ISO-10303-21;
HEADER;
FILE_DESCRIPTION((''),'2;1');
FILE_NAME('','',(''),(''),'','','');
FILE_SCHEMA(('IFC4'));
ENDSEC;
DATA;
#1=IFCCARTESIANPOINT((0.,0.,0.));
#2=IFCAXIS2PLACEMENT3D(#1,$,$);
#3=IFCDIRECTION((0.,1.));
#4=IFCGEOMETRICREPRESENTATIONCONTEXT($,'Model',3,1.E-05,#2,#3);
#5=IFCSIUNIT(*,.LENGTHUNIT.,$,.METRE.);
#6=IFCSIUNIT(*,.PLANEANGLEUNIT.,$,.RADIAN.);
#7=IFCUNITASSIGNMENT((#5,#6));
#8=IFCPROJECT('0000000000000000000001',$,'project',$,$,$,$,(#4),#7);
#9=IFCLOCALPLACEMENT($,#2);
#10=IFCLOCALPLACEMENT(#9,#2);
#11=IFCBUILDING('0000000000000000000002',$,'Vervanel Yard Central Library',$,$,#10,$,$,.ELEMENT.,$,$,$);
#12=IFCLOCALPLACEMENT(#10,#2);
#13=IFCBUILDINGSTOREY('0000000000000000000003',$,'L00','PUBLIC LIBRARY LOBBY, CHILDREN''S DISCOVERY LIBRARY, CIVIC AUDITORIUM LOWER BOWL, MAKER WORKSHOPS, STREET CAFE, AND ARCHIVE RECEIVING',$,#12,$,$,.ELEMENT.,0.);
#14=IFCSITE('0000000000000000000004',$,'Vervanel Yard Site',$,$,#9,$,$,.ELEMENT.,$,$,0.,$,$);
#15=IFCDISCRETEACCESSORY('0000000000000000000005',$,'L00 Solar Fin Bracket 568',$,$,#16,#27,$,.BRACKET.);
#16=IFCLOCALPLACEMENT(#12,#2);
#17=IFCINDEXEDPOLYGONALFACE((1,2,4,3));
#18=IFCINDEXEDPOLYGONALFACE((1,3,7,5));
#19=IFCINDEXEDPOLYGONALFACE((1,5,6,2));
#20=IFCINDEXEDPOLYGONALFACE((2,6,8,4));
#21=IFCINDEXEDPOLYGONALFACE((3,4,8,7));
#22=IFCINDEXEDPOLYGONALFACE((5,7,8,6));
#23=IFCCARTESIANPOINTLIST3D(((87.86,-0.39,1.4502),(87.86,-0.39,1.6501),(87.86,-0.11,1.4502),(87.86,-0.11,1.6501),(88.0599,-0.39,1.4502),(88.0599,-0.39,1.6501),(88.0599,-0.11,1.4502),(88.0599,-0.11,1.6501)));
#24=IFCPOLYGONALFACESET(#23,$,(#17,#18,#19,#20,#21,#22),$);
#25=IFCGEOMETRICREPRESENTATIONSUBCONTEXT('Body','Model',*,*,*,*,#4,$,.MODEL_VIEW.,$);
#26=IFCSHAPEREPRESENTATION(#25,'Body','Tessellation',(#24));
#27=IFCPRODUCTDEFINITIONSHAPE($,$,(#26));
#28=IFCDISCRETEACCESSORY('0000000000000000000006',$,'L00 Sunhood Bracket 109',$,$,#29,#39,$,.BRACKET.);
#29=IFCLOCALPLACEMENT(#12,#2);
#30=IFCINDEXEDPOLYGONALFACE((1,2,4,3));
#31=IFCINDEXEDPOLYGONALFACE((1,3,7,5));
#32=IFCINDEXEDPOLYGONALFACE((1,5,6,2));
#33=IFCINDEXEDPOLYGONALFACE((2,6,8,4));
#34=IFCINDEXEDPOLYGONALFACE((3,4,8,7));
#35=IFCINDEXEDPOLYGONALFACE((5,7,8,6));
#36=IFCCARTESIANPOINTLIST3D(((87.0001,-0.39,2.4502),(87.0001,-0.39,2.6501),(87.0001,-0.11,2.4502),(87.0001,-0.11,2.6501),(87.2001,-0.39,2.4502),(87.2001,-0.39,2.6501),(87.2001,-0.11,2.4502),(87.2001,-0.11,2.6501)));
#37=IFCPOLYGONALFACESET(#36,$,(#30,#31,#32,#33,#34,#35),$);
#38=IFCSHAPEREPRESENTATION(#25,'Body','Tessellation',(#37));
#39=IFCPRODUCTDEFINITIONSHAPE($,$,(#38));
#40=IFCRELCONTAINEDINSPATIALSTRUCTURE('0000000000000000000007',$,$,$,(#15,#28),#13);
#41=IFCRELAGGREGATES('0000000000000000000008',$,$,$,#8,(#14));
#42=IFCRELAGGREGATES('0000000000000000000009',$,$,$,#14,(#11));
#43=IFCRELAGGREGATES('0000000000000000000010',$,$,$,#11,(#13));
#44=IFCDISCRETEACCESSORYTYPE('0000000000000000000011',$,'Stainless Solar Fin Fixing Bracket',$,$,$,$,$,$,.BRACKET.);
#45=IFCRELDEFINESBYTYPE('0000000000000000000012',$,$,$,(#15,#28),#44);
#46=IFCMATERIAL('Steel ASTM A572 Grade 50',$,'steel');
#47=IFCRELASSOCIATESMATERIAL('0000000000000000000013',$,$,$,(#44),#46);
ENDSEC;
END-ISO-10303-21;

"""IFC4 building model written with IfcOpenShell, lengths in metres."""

from ifc_helpers import new_model, si_unit, direction, frame, origin, origin_2d, place, context, subcontext, project, spatial, rectangle, extrude, material, type_object, element, save


model = new_model("IFC4")

# Units and contexts
model_context = context("Model", 3, precision=1e-05, world=origin(), true_north=direction((0.0, 1.0)))
body_context = subcontext(model_context, "Body", "Model", "MODEL_VIEW")
ifc_project = project(units=[si_unit("LENGTHUNIT", "METRE"), si_unit("PLANEANGLEUNIT", "RADIAN")], contexts=[model_context])

# Site, building, storey
site_placement = place(None, origin())
site = spatial("IfcSite", under=ifc_project, at=site_placement, Name="Vervanel Yard Site", CompositionType="ELEMENT", RefElevation=0.0)
building_placement = place(site_placement, origin())
building = spatial("IfcBuilding", under=site, at=building_placement, Name="Vervanel Yard Central Library", CompositionType="ELEMENT")
storey_placement = place(building_placement, origin())
storey = spatial("IfcBuildingStorey", under=building, at=storey_placement, Name="L00", Description="PUBLIC LIBRARY LOBBY, CHILDREN'S DISCOVERY LIBRARY, CIVIC AUDITORIUM LOWER BOWL, MAKER WORKSHOPS, STREET CAFE, AND ARCHIVE RECEIVING", CompositionType="ELEMENT", Elevation=0.0)

# Shared definitions
ifc_material_1 = material(Name="Steel ASTM A572 Grade 50", Category="steel")

# Discrete accessories
discrete_accessory_type = type_object("IfcDiscreteAccessoryType", Name="Stainless Solar Fin Fixing Bracket", PredefinedType="BRACKET", material=ifc_material_1)
for number, where, z_axis, x_axis, name in (
    (1, (87.96, -0.25, 1.4502), (0.0, 0.0, 1.0), (1.0, 0.0, 0.0), "L00 Solar Fin Bracket 568"),
    (2, (87.1001, -0.25, 2.4502), (0.0, 0.0, 1.0), (1.0, 0.0, 0.0), "L00 Sunhood Bracket 109"),
):
    element("IfcDiscreteAccessory", number, at=place(storey_placement, frame(where, z_axis=z_axis, x_axis=x_axis)), inside=storey, type_object=discrete_accessory_type, Name=name, PredefinedType="BRACKET", context=body_context, shape_type="SweptSolid", body=[
        extrude(rectangle(XDim=0.2, YDim=0.28, at=origin_2d()), origin(), (0.0, 0.0, 1.0), 0.2),
    ])

save(model, "model.ifc")
